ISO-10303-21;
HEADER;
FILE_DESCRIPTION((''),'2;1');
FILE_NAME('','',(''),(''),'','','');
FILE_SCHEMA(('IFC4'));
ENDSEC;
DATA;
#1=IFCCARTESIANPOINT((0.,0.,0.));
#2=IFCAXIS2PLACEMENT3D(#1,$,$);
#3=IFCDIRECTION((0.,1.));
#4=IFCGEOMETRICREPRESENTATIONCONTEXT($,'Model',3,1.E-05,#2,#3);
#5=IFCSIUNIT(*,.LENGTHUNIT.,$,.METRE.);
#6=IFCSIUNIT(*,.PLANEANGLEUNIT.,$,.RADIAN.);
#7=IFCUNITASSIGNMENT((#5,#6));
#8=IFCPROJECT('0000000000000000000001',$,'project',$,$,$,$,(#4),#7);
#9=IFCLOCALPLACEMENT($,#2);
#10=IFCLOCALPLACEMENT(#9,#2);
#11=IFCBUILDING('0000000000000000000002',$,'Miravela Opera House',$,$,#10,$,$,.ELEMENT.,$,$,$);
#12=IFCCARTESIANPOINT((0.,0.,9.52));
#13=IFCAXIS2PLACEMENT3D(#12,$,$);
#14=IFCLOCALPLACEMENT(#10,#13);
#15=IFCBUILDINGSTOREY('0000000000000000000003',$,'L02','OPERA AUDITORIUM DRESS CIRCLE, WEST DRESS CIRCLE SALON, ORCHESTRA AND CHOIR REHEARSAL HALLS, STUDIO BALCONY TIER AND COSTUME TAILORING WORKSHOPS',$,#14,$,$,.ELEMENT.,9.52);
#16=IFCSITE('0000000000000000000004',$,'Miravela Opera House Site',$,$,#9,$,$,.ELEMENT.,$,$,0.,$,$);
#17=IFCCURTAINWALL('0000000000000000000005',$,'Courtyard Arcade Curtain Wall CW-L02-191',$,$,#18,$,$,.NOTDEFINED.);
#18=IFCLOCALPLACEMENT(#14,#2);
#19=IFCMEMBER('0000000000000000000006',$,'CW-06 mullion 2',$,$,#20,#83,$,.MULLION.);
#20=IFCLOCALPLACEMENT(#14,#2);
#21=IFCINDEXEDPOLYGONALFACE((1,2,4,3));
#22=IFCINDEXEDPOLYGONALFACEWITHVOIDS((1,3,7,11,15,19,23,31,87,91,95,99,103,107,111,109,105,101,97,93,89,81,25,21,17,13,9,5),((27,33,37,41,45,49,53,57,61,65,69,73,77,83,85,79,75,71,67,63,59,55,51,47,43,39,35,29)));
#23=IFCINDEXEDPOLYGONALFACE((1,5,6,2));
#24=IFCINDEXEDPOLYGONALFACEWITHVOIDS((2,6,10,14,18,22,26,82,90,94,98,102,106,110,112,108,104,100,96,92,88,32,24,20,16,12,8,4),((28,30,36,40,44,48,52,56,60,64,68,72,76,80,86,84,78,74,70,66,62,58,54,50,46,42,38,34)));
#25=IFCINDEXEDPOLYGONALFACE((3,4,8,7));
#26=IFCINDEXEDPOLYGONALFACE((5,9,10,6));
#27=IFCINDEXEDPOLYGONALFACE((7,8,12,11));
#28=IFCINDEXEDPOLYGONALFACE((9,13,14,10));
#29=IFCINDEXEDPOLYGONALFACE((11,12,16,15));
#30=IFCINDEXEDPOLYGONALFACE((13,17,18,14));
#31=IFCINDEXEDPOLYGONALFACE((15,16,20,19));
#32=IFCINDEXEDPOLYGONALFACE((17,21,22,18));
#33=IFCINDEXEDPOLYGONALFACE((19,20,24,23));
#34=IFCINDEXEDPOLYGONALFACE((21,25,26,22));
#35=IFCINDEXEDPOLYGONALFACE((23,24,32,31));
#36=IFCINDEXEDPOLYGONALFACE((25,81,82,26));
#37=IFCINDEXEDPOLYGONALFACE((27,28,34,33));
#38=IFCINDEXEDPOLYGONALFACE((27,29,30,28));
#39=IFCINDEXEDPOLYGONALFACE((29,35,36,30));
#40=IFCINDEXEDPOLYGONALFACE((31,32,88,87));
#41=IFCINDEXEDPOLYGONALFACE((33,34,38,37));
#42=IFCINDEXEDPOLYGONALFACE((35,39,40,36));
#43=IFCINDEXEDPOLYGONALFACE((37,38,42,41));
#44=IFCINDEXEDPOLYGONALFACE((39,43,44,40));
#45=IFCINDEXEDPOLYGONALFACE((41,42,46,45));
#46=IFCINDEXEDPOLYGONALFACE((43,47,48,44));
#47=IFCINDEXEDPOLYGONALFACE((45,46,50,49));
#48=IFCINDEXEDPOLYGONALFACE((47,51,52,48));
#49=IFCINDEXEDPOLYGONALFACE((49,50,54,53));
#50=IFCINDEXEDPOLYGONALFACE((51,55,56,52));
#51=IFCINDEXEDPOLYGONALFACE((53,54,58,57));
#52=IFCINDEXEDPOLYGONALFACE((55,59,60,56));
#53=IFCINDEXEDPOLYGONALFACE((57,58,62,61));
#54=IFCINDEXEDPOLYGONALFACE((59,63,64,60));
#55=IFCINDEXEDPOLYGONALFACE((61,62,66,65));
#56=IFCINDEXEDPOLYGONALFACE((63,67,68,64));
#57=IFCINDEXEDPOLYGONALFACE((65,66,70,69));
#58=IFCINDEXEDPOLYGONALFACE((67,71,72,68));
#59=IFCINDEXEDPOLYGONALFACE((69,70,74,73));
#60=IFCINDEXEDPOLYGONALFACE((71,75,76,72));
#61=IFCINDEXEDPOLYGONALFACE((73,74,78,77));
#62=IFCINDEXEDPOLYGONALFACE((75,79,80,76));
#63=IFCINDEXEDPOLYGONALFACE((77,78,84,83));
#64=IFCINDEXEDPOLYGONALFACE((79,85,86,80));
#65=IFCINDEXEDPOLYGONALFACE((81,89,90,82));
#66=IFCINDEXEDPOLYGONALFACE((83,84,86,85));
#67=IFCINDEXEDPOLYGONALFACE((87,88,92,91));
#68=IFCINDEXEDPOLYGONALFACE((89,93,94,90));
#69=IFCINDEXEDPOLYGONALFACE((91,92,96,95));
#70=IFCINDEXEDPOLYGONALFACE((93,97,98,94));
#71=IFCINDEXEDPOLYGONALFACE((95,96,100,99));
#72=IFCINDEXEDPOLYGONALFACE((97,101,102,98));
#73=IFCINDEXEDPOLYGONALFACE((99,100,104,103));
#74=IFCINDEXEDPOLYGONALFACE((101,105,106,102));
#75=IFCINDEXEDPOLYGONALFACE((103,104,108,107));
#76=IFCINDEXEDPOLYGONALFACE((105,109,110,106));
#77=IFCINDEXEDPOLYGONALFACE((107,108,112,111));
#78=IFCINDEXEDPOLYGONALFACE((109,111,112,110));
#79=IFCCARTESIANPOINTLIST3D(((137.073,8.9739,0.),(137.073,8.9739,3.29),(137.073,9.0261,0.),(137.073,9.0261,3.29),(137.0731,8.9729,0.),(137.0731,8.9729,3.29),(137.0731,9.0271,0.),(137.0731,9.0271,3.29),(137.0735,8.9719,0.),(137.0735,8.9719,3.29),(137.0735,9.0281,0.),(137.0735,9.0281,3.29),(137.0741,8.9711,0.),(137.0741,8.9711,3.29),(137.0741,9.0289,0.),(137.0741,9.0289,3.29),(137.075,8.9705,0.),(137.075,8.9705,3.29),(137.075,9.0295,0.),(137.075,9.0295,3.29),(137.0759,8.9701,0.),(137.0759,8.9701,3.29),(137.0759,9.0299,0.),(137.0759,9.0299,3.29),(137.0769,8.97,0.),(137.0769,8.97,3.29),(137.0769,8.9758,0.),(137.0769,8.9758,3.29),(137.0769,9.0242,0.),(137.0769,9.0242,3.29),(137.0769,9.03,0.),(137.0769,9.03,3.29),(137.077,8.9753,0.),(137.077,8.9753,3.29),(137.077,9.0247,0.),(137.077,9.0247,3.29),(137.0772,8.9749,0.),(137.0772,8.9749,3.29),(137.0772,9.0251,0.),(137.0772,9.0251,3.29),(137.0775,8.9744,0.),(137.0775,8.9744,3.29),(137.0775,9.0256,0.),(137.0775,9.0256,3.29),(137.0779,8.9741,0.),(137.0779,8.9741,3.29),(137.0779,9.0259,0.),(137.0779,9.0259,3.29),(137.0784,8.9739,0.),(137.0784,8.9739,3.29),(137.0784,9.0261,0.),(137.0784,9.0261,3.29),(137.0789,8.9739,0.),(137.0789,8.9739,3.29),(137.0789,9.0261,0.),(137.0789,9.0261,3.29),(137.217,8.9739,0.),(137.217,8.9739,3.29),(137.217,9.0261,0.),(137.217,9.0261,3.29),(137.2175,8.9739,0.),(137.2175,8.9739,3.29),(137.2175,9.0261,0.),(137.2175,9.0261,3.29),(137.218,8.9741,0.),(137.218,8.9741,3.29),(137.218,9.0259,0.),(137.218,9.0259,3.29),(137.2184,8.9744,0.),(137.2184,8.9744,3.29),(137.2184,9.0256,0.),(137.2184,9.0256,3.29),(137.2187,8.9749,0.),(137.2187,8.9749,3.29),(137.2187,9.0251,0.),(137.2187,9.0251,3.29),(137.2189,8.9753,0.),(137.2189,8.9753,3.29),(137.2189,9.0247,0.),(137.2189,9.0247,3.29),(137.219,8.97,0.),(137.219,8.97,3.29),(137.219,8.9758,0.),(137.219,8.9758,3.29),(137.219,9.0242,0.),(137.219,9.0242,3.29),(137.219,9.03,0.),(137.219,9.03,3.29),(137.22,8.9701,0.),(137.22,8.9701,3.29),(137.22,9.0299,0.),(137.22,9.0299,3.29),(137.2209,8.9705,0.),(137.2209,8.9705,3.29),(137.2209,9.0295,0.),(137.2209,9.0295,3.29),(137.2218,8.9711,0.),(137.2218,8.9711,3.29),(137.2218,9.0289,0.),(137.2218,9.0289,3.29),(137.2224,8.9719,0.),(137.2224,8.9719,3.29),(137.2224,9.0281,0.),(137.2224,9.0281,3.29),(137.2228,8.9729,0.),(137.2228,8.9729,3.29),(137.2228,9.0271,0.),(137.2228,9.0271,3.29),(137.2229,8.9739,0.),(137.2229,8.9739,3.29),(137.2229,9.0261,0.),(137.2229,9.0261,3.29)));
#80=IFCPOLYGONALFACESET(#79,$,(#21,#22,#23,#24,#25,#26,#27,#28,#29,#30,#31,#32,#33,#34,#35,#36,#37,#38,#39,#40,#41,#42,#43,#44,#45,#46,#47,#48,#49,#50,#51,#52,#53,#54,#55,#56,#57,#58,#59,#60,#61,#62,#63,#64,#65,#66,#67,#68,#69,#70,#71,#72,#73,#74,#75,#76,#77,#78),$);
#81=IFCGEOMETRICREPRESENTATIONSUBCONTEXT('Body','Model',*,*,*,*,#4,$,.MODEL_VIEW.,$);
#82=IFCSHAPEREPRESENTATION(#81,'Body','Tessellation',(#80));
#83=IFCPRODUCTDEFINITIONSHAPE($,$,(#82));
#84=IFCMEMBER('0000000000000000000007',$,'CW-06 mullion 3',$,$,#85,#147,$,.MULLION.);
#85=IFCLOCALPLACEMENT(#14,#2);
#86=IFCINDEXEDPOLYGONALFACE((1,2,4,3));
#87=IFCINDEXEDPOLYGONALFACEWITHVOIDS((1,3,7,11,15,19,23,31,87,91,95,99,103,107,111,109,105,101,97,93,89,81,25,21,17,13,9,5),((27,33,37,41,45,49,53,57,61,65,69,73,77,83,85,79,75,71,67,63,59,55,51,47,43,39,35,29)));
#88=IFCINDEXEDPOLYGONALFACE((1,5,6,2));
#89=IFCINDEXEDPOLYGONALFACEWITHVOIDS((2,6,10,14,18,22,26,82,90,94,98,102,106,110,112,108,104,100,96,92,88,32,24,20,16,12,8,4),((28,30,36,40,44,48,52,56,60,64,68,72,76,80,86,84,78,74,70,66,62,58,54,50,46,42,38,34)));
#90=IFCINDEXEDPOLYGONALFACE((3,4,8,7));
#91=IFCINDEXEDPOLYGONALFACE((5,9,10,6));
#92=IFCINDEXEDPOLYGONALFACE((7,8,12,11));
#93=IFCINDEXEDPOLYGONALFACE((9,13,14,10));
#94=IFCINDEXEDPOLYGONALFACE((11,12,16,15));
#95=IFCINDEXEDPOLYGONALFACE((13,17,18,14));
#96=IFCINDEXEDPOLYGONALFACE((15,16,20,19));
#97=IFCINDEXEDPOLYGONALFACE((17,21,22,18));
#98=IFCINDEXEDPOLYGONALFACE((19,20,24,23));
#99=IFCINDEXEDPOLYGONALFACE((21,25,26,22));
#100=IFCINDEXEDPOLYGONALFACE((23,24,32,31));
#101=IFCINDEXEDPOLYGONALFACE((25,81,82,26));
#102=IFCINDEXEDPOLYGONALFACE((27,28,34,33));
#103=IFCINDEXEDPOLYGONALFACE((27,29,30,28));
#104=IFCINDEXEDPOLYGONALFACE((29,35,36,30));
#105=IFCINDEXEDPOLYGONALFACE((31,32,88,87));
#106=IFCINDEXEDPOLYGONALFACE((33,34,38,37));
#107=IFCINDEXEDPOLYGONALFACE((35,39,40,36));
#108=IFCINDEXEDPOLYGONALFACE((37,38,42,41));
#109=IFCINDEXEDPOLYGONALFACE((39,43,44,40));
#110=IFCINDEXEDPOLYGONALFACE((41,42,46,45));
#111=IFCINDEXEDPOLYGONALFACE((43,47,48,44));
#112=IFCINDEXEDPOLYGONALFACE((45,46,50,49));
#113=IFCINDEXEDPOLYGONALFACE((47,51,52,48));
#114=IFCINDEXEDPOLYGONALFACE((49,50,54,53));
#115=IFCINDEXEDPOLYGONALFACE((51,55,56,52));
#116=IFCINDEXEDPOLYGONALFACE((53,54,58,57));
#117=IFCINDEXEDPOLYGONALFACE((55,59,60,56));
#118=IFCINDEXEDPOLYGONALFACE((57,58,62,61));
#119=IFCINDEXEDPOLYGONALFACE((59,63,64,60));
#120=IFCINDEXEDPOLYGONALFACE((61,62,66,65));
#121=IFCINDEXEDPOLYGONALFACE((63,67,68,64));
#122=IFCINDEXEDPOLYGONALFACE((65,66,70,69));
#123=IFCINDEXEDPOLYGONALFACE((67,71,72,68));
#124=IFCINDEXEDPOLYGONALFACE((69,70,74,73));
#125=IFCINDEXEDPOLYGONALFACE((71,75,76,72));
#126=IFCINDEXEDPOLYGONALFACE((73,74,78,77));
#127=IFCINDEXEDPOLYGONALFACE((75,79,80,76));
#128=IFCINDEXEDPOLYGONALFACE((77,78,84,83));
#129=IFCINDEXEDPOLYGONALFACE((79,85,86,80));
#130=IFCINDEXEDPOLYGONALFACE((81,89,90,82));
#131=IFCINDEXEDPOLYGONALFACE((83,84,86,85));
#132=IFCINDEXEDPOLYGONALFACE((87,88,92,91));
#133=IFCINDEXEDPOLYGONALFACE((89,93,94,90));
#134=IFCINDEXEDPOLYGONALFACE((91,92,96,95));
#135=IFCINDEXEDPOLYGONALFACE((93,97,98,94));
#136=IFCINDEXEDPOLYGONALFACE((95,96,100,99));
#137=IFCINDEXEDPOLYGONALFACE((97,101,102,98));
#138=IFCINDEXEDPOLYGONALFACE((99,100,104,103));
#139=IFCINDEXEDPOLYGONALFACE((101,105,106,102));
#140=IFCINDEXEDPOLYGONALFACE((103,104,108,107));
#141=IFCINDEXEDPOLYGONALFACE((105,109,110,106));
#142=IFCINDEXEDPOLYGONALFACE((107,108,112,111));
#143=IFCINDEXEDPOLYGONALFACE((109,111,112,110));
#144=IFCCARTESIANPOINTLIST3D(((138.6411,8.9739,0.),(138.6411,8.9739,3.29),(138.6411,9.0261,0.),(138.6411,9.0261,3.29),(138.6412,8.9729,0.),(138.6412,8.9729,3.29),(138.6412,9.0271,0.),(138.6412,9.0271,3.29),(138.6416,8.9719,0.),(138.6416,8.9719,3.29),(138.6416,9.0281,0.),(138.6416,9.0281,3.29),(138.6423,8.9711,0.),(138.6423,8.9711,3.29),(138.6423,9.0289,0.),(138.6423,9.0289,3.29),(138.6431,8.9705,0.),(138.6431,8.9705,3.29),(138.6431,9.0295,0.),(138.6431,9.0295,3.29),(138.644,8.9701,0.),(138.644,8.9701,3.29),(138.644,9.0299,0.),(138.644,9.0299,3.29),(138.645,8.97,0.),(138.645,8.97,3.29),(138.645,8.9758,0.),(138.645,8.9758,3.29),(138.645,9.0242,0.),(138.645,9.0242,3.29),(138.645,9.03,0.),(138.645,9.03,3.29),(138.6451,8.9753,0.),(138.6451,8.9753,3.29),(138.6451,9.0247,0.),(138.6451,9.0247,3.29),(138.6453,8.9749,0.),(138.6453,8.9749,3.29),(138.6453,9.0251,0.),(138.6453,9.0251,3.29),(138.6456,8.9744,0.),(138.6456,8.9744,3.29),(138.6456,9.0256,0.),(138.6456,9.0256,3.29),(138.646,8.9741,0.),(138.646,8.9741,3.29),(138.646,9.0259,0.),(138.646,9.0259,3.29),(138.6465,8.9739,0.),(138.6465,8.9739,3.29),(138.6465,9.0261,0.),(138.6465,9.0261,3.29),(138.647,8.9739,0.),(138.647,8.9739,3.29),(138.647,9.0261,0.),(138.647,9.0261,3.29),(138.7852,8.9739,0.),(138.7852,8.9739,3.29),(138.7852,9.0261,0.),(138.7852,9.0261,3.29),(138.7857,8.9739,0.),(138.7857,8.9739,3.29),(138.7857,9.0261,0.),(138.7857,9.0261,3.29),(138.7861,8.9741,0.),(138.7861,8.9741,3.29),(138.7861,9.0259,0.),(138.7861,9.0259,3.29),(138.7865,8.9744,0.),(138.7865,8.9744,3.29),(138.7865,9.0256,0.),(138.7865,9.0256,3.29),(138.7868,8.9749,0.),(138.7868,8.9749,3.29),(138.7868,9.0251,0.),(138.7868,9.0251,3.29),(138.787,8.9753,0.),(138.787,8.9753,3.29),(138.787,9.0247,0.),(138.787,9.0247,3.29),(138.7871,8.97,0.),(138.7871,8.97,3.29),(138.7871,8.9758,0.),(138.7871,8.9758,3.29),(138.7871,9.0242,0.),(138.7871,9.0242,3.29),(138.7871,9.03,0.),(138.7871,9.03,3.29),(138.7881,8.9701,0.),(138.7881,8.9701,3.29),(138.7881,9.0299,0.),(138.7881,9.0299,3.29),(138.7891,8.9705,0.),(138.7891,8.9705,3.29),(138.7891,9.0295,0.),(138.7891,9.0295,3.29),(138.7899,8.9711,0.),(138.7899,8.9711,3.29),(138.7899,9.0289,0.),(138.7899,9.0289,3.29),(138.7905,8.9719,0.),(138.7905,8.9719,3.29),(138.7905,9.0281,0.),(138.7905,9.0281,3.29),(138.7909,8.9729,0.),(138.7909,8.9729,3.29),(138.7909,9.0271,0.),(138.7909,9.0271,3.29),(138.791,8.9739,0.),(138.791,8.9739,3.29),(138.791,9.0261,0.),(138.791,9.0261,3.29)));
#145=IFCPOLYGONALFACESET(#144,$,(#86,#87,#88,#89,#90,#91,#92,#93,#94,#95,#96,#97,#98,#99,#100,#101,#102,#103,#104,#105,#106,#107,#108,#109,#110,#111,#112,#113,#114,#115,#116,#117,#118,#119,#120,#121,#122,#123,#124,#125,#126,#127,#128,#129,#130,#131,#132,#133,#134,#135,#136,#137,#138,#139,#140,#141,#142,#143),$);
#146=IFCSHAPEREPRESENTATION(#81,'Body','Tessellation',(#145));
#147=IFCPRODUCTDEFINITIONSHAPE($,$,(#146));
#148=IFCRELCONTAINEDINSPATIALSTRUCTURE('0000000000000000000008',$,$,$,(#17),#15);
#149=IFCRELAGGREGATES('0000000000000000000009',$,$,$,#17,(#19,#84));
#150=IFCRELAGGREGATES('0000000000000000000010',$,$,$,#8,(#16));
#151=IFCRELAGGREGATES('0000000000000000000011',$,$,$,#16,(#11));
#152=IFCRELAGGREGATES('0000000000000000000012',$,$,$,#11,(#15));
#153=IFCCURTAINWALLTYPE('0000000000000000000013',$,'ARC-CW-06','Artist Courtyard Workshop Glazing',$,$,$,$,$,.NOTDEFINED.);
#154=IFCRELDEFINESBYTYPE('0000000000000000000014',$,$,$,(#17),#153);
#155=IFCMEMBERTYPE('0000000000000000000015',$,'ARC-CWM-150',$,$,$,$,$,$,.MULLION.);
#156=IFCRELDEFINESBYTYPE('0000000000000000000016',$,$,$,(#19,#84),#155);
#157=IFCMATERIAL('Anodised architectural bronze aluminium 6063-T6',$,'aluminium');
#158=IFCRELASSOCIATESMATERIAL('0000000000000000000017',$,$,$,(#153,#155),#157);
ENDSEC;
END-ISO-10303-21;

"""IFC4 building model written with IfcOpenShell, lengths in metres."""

from ifc_helpers import new_model, si_unit, direction, frame, origin, origin_2d, place, context, subcontext, project, spatial, hollow_rectangle, extrude, material, material_profile, profile_set, type_object, element, aggregate, save


model = new_model("IFC4")

# Units and contexts
model_context = context("Model", 3, precision=1e-05, world=origin(), true_north=direction((0.0, 1.0)))
body_context = subcontext(model_context, "Body", "Model", "MODEL_VIEW")
ifc_project = project(units=[si_unit("LENGTHUNIT", "METRE"), si_unit("PLANEANGLEUNIT", "RADIAN")], contexts=[model_context])

# Site, building, storey
site_placement = place(None, origin())
site = spatial("IfcSite", under=ifc_project, at=site_placement, Name="Miravela Opera House Site", CompositionType="ELEMENT", RefElevation=0.0)
building_placement = place(site_placement, origin())
building = spatial("IfcBuilding", under=site, at=building_placement, Name="Miravela Opera House", CompositionType="ELEMENT")
storey_placement = place(building_placement, frame((0.0, 0.0, 9.52)))
storey = spatial("IfcBuildingStorey", under=building, at=storey_placement, Name="L02", Description="OPERA AUDITORIUM DRESS CIRCLE, WEST DRESS CIRCLE SALON, ORCHESTRA AND CHOIR REHEARSAL HALLS, STUDIO BALCONY TIER AND COSTUME TAILORING WORKSHOPS", CompositionType="ELEMENT", Elevation=9.52)

# Curtain wall, members
ifc_material_1 = material(Name="Anodised architectural bronze aluminium 6063-T6", Category="aluminium")
curtain_wall_type = type_object("IfcCurtainWallType", Name="ARC-CW-06", Description="Artist Courtyard Workshop Glazing", PredefinedType="NOTDEFINED", material=ifc_material_1)
curtain_wall_placement = place(storey_placement, origin())
curtain_wall = element("IfcCurtainWall", 1, at=curtain_wall_placement, inside=storey, type_object=curtain_wall_type, Name="Courtyard Arcade Curtain Wall CW-L02-191", PredefinedType="NOTDEFINED")
ifc_material_profile_1 = material_profile(ifc_material_1, hollow_rectangle(XDim=0.0601, YDim=0.1499, WallThickness=0.0039, InnerFilletRadius=0.002, OuterFilletRadius=0.0039, at=origin_2d()), Name="CWM-60X150")
ifc_profile_set_1 = profile_set([ifc_material_profile_1])
member_type_1 = type_object("IfcMemberType", Name="ARC-CWM-150", PredefinedType="MULLION", material=ifc_profile_set_1)
member_1_placement = place(storey_placement, frame((137.1479, 9.0, 0.0), z_axis=(0.0, 0.0, 1.0), x_axis=(0.0, 1.0, 0.0)))
member_1 = element("IfcMember", 2, at=member_1_placement, type_object=member_type_1, Name="CW-06 mullion 2", PredefinedType="MULLION", context=body_context, shape_type="SweptSolid", body=[
    extrude(hollow_rectangle(XDim=0.0601, YDim=0.1499, WallThickness=0.0039, InnerFilletRadius=0.002, OuterFilletRadius=0.0039, at=origin_2d()), origin(), (0.0, 0.0, 1.0), 3.29),
])
member_2_placement = place(storey_placement, frame((138.7161, 9.0, 0.0), z_axis=(0.0, 0.0, 1.0), x_axis=(0.0, 1.0, 0.0)))
member_2 = element("IfcMember", 3, at=member_2_placement, type_object=member_type_1, Name="CW-06 mullion 3", PredefinedType="MULLION", context=body_context, shape_type="SweptSolid", body=[
    extrude(hollow_rectangle(XDim=0.0601, YDim=0.1499, WallThickness=0.0039, InnerFilletRadius=0.002, OuterFilletRadius=0.0039, at=origin_2d()), origin(), (0.0, 0.0, 1.0), 3.29),
])
aggregate(curtain_wall, [member_1, member_2])

save(model, "model.ifc")
